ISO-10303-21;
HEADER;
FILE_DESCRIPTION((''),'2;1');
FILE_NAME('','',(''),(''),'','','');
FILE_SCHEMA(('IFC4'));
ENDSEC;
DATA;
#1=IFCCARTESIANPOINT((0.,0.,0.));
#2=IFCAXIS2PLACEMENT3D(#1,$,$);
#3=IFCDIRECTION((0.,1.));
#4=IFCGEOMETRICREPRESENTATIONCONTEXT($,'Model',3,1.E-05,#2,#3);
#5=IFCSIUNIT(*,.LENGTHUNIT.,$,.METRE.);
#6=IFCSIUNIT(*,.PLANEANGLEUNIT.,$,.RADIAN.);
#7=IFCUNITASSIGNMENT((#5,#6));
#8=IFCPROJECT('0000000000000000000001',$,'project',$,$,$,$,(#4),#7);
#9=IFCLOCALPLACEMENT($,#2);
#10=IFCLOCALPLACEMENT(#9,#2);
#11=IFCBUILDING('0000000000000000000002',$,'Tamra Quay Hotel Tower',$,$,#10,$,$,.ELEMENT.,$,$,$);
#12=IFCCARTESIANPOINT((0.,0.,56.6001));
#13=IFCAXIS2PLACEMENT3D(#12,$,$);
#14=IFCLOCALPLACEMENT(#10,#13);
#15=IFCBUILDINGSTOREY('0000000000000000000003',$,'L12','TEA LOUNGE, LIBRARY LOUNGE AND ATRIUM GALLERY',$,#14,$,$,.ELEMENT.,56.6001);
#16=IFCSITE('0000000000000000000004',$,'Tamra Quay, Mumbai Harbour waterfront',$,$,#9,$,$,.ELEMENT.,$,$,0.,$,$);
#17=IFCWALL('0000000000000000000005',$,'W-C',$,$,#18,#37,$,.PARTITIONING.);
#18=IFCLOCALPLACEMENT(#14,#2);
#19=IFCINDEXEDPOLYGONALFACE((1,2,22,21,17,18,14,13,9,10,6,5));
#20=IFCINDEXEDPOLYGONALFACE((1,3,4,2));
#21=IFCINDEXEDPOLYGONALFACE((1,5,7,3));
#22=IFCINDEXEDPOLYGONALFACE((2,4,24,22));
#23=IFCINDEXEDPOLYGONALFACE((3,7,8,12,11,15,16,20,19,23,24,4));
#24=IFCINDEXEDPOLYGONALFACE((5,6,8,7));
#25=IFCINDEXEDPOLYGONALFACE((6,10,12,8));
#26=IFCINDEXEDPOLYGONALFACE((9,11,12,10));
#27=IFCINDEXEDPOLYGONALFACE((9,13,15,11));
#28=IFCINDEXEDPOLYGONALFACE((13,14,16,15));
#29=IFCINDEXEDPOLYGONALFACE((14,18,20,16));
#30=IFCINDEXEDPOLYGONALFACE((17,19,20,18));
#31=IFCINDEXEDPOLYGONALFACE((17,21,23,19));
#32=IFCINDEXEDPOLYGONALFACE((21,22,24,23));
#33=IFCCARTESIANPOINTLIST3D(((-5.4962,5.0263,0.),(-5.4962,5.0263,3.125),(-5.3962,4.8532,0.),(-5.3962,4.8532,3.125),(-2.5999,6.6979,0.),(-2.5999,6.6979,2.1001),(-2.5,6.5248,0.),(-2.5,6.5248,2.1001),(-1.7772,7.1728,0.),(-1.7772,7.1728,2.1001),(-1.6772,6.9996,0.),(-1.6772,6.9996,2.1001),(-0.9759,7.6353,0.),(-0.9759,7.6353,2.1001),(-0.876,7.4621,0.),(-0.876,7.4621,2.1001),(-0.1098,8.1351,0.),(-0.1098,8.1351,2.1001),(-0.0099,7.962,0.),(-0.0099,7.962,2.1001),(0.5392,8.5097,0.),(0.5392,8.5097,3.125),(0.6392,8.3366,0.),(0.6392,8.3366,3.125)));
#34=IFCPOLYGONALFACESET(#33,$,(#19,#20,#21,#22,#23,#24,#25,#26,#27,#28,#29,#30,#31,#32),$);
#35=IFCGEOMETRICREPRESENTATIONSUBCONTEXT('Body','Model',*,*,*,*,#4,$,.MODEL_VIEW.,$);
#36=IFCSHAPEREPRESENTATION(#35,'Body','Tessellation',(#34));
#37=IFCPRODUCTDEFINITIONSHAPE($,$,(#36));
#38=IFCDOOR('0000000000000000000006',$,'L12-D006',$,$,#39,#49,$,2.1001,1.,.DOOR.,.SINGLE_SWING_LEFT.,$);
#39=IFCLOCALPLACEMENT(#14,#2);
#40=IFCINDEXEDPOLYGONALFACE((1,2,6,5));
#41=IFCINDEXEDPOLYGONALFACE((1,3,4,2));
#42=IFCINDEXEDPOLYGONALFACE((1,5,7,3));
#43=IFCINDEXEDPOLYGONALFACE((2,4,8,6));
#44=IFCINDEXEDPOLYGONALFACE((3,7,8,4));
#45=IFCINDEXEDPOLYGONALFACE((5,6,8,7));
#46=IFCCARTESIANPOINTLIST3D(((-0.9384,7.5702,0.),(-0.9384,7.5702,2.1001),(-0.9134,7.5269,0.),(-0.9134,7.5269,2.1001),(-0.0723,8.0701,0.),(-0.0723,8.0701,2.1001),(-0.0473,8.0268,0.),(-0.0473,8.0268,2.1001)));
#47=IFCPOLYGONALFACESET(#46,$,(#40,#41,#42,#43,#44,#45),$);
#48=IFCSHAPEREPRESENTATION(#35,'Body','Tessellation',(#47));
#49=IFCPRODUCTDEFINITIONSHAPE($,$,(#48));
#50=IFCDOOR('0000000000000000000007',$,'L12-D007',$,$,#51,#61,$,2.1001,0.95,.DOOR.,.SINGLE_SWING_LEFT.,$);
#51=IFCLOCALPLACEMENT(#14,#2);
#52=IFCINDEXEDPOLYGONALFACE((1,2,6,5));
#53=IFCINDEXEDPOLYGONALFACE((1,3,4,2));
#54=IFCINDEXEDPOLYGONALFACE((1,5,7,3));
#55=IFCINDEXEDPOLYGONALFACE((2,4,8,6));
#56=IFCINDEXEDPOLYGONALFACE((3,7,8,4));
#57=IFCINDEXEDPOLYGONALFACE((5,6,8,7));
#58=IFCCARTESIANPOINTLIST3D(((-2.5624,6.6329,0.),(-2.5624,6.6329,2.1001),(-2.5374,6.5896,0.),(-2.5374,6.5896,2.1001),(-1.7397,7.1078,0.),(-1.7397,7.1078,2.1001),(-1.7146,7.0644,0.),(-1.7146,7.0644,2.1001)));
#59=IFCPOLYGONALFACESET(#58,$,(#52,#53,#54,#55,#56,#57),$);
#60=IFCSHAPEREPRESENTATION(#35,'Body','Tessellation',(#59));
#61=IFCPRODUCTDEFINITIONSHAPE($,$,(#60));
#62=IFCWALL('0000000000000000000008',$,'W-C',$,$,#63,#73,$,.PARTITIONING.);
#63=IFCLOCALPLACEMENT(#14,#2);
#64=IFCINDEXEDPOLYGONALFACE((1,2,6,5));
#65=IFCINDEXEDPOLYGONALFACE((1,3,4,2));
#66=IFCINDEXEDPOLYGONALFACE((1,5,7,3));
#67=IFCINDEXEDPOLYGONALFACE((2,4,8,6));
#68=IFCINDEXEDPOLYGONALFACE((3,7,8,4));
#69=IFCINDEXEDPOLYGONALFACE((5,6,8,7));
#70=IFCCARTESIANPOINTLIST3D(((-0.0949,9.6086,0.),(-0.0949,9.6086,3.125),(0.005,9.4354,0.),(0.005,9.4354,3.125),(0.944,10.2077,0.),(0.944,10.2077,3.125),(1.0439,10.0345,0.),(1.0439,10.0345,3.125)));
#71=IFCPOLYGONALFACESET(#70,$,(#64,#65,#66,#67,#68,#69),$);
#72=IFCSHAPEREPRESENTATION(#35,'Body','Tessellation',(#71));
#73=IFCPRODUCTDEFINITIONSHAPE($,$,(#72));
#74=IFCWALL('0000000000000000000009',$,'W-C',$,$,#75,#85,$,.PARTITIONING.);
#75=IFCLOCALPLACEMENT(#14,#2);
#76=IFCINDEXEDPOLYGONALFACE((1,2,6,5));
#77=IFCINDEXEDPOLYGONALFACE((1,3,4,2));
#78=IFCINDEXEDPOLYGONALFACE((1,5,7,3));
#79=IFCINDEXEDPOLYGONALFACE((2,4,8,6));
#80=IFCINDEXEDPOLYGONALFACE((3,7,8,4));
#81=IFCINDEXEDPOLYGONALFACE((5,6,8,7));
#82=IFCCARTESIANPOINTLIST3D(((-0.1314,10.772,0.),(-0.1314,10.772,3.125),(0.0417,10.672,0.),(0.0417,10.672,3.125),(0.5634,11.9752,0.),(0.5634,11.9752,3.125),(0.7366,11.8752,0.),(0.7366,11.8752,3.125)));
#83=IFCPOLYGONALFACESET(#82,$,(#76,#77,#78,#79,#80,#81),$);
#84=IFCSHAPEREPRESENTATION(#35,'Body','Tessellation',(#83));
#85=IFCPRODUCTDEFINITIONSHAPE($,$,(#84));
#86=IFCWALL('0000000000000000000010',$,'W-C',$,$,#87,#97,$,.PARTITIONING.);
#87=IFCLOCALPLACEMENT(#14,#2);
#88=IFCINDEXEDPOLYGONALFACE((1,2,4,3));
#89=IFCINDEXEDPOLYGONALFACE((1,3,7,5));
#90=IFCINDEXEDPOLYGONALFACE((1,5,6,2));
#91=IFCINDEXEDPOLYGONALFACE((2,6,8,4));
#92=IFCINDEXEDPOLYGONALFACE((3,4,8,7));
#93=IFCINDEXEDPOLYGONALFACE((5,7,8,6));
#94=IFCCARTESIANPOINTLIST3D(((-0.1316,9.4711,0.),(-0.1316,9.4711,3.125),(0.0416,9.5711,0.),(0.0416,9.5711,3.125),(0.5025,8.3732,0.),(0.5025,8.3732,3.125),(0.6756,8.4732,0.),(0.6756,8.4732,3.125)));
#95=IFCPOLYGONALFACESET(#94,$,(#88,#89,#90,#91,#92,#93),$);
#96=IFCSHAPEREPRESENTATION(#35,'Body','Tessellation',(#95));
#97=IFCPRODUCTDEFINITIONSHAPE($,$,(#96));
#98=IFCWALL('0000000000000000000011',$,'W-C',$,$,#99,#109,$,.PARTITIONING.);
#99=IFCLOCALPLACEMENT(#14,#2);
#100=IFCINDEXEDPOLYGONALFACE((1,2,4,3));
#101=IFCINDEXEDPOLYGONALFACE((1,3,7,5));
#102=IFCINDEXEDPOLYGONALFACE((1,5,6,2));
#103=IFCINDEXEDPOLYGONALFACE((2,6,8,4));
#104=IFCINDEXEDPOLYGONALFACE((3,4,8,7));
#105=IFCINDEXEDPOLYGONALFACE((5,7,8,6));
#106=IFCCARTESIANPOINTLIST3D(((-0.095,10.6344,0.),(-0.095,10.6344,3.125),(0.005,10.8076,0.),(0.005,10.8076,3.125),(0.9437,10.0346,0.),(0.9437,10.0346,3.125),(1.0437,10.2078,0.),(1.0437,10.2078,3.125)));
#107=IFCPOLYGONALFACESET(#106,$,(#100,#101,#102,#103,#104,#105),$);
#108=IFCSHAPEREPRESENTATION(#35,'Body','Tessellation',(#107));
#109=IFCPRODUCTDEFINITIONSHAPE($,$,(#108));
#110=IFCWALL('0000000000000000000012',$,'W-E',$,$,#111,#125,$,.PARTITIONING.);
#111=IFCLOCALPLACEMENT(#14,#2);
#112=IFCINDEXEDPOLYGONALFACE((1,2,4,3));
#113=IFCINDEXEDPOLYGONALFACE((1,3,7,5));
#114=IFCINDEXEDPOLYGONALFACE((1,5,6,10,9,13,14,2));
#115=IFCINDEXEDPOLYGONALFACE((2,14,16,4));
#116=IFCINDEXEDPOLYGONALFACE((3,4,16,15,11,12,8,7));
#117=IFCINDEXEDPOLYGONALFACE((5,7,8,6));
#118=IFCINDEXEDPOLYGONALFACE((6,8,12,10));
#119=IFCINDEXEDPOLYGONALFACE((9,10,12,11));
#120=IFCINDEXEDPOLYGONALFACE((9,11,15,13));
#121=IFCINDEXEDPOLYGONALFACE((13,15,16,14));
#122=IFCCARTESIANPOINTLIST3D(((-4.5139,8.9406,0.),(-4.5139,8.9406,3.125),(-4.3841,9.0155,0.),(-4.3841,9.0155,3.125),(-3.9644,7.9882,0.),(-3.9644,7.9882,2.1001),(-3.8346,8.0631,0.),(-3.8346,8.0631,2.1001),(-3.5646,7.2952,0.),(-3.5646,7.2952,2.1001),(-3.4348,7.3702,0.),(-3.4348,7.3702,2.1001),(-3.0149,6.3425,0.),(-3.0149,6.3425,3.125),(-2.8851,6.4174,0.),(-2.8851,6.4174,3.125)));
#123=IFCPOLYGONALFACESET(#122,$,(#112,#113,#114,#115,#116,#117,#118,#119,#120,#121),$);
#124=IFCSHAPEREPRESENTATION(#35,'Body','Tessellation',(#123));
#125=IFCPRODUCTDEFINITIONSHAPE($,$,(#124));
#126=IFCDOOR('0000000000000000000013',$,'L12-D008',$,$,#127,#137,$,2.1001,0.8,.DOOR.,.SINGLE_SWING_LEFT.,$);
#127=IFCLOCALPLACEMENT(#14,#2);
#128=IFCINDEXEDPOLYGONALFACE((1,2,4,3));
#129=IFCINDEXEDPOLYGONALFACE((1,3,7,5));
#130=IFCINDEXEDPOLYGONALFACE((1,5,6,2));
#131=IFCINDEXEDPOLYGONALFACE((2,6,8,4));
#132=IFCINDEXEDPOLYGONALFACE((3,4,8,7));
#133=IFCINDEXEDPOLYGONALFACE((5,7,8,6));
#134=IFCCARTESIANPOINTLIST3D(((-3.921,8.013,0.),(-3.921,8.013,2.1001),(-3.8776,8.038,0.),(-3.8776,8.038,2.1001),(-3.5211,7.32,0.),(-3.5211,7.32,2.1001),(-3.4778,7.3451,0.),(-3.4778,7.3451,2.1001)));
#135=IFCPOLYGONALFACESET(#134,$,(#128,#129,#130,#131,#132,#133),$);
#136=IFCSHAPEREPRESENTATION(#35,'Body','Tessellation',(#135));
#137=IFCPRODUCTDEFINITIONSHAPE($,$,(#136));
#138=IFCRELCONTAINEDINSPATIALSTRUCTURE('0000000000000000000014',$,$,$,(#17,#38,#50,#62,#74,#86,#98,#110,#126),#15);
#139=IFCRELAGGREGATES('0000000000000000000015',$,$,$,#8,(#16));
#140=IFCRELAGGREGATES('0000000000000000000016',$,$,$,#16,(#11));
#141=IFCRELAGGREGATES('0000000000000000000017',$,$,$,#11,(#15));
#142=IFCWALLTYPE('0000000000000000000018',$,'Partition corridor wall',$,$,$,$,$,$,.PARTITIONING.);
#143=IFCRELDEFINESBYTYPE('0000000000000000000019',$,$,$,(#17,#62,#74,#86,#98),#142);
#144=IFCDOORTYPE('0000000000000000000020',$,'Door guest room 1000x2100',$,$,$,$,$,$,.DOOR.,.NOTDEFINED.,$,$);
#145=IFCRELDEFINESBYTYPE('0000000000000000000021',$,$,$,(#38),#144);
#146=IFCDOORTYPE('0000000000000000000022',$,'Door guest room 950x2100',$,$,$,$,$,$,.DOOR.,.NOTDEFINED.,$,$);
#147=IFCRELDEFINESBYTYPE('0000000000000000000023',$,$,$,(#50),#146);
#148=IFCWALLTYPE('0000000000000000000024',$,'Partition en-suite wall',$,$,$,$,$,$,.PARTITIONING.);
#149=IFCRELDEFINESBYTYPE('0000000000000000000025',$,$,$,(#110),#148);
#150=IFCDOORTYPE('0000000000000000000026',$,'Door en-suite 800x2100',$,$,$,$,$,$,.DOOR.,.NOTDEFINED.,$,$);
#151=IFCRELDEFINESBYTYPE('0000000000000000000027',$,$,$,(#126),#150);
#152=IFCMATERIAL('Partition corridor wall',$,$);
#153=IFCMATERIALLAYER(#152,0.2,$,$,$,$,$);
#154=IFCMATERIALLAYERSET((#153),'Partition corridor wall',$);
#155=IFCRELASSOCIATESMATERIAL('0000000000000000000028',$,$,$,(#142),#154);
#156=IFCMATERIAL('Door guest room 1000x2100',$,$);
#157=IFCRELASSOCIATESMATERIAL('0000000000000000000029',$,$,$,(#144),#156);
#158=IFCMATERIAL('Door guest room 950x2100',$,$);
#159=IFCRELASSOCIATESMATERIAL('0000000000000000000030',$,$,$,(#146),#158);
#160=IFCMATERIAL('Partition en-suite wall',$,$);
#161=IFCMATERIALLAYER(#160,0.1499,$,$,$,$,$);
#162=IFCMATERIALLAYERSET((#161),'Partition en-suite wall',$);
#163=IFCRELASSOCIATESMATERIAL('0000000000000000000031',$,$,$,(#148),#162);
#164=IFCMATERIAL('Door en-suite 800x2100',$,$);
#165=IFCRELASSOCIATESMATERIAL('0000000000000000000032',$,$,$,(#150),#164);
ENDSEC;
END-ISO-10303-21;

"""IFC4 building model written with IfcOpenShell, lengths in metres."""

from ifc_helpers import new_model, si_unit, direction, frame, frame_2d, origin, place, context, subcontext, project, spatial, rectangle, extrude, material, layer, layer_set, type_object, element, fill, save


model = new_model("IFC4")

# Units and contexts
model_context = context("Model", 3, precision=1e-05, world=origin(), true_north=direction((0.0, 1.0)))
body_context = subcontext(model_context, "Body", "Model", "MODEL_VIEW")
ifc_project = project(units=[si_unit("LENGTHUNIT", "METRE"), si_unit("PLANEANGLEUNIT", "RADIAN")], contexts=[model_context])

# Site, building, storey
site_placement = place(None, origin())
site = spatial("IfcSite", under=ifc_project, at=site_placement, Name="Tamra Quay, Mumbai Harbour waterfront", CompositionType="ELEMENT", RefElevation=0.0)
building_placement = place(site_placement, origin())
building = spatial("IfcBuilding", under=site, at=building_placement, Name="Tamra Quay Hotel Tower", CompositionType="ELEMENT")
storey_placement = place(building_placement, frame((0.0, 0.0, 56.6001)))
storey = spatial("IfcBuildingStorey", under=building, at=storey_placement, Name="L12", Description="TEA LOUNGE, LIBRARY LOUNGE AND ATRIUM GALLERY", CompositionType="ELEMENT", Elevation=56.6001)

# Wall, openings, doors
ifc_material_1 = material(Name="Partition corridor wall")
ifc_layer_1 = layer(ifc_material_1, 0.2)
ifc_layer_set_1 = layer_set([ifc_layer_1], Name="Partition corridor wall")
wall_type_1 = type_object("IfcWallType", Name="Partition corridor wall", PredefinedType="PARTITIONING", material=ifc_layer_set_1)
wall_1_placement = place(storey_placement, frame((-5.4463, 4.9397, 0.0), z_axis=(0.0, 0.0, 1.0), x_axis=(0.866096, 0.499877, 0.0)))
wall_1 = element("IfcWall", 1, at=wall_1_placement, inside=storey, type_object=wall_type_1, Name="W-C", PredefinedType="PARTITIONING", context=body_context, shape_type="SweptSolid", body=[
    extrude(rectangle(XDim=6.9685, YDim=0.2, at=frame_2d((3.4844, 0.0))), origin(), (0.0, 0.0, 1.0), 3.125),
])
opening_1_placement = place(wall_1_placement, frame((5.2192, 0.0, 0.0)))
opening_1 = element("IfcOpeningElement", 2, at=opening_1_placement, cuts=wall_1, PredefinedType="OPENING", context=body_context, shape_type="SweptSolid", body=[
    extrude(rectangle(XDim=1.0, YDim=2.1001, at=frame_2d((0.5, 1.05))), frame((0.0, 0.1099, 0.0), z_axis=(0.0, -1.0, 0.0), x_axis=(1.0, 0.0, 0.0)), (0.0, 0.0, 1.0), 0.22),
])
opening_2_placement = place(wall_1_placement, frame((3.344, 0.0, 0.0)))
opening_2 = element("IfcOpeningElement", 3, at=opening_2_placement, cuts=wall_1, PredefinedType="OPENING", context=body_context, shape_type="SweptSolid", body=[
    extrude(rectangle(XDim=0.95, YDim=2.1001, at=frame_2d((0.4751, 1.05))), frame((0.0, 0.1099, 0.0), z_axis=(0.0, -1.0, 0.0), x_axis=(1.0, 0.0, 0.0)), (0.0, 0.0, 1.0), 0.22),
])
ifc_material_2 = material(Name="Door guest room 1000x2100")
door_type_1 = type_object("IfcDoorType", Name="Door guest room 1000x2100", OperationType="NOTDEFINED", PredefinedType="DOOR", material=ifc_material_2)
door_1_placement = place(opening_1_placement, origin())
door_1 = element("IfcDoor", 4, at=door_1_placement, inside=storey, type_object=door_type_1, Name="L12-D006", OperationType="SINGLE_SWING_LEFT", OverallHeight=2.1001, OverallWidth=1.0, PredefinedType="DOOR", context=body_context, shape_type="SweptSolid", body=[
    extrude(rectangle(XDim=1.0, YDim=2.1001, at=frame_2d((0.5, 1.05))), frame((0.0, 0.0249, 0.0), z_axis=(0.0, -1.0, 0.0), x_axis=(1.0, 0.0, 0.0)), (0.0, 0.0, 1.0), 0.05),
])
fill(opening_1, door_1)
ifc_material_3 = material(Name="Door guest room 950x2100")
door_type_2 = type_object("IfcDoorType", Name="Door guest room 950x2100", OperationType="NOTDEFINED", PredefinedType="DOOR", material=ifc_material_3)
door_2_placement = place(opening_2_placement, origin())
door_2 = element("IfcDoor", 5, at=door_2_placement, inside=storey, type_object=door_type_2, Name="L12-D007", OperationType="SINGLE_SWING_LEFT", OverallHeight=2.1001, OverallWidth=0.95, PredefinedType="DOOR", context=body_context, shape_type="SweptSolid", body=[
    extrude(rectangle(XDim=0.95, YDim=2.1001, at=frame_2d((0.4751, 1.05))), frame((0.0, 0.0249, 0.0), z_axis=(0.0, -1.0, 0.0), x_axis=(1.0, 0.0, 0.0)), (0.0, 0.0, 1.0), 0.05),
])
fill(opening_2, door_2)

# Walls
wall_2_placement = place(storey_placement, frame((-0.0449, 9.522, 0.0), z_axis=(0.0, 0.0, 1.0), x_axis=(0.866257, 0.499599, 0.0)))
element("IfcWall", 6, at=wall_2_placement, inside=storey, type_object=wall_type_1, Name="W-C", PredefinedType="PARTITIONING", context=body_context, shape_type="SweptSolid", body=[
    extrude(rectangle(XDim=1.1992, YDim=0.2, at=frame_2d((0.5996, 0.0))), origin(), (0.0, 0.0, 1.0), 3.125),
])
wall_3_placement = place(storey_placement, frame((-0.0449, 10.7219, 0.0), z_axis=(0.0, 0.0, 1.0), x_axis=(0.500108, 0.865963, 0.0)))
element("IfcWall", 7, at=wall_3_placement, inside=storey, type_object=wall_type_1, Name="W-C", PredefinedType="PARTITIONING", context=body_context, shape_type="SweptSolid", body=[
    extrude(rectangle(XDim=1.3894, YDim=0.2, at=frame_2d((0.6948, 0.0))), origin(), (0.0, 0.0, 1.0), 3.125),
])
wall_4_placement = place(storey_placement, frame((-0.0449, 9.521, 0.0), z_axis=(0.0, 0.0, 1.0), x_axis=(0.500095, -0.865971, 0.0)))
element("IfcWall", 8, at=wall_4_placement, inside=storey, type_object=wall_type_1, Name="W-C", PredefinedType="PARTITIONING", context=body_context, shape_type="SweptSolid", body=[
    extrude(rectangle(XDim=1.2678, YDim=0.2, at=frame_2d((0.6338, 0.0))), origin(), (0.0, 0.0, 1.0), 3.125),
])
wall_5_placement = place(storey_placement, frame((-0.0449, 10.7209, 0.0), z_axis=(0.0, 0.0, 1.0), x_axis=(0.865992, -0.500057, 0.0)))
element("IfcWall", 9, at=wall_5_placement, inside=storey, type_object=wall_type_1, Name="W-C", PredefinedType="PARTITIONING", context=body_context, shape_type="SweptSolid", body=[
    extrude(rectangle(XDim=1.1995, YDim=0.2, at=frame_2d((0.5996, 0.0))), origin(), (0.0, 0.0, 1.0), 3.125),
])

# Wall, opening, door
ifc_material_4 = material(Name="Partition en-suite wall")
ifc_layer_2 = layer(ifc_material_4, 0.1499)
ifc_layer_set_2 = layer_set([ifc_layer_2], Name="Partition en-suite wall")
wall_type_2 = type_object("IfcWallType", Name="Partition en-suite wall", PredefinedType="PARTITIONING", material=ifc_layer_set_2)
wall_6_placement = place(storey_placement, frame((-4.449, 8.978, 0.0), z_axis=(0.0, 0.0, 1.0), x_axis=(0.499746, -0.866172, 0.0)))
wall_6 = element("IfcWall", 10, at=wall_6_placement, inside=storey, type_object=wall_type_2, Name="W-E", PredefinedType="PARTITIONING", context=body_context, shape_type="SweptSolid", body=[
    extrude(rectangle(XDim=2.9995, YDim=0.1499, at=frame_2d((1.4998, 0.0))), origin(), (0.0, 0.0, 1.0), 3.125),
])
opening_3_placement = place(wall_6_placement, frame((1.0996, 0.0, 0.0)))
opening_3 = element("IfcOpeningElement", 11, at=opening_3_placement, cuts=wall_6, PredefinedType="OPENING", context=body_context, shape_type="SweptSolid", body=[
    extrude(rectangle(XDim=0.8, YDim=2.1001, at=frame_2d((0.3999, 1.05))), frame((0.0, 0.085, 0.0), z_axis=(0.0, -1.0, 0.0), x_axis=(1.0, 0.0, 0.0)), (0.0, 0.0, 1.0), 0.1699),
])
ifc_material_5 = material(Name="Door en-suite 800x2100")
door_type_3 = type_object("IfcDoorType", Name="Door en-suite 800x2100", OperationType="NOTDEFINED", PredefinedType="DOOR", material=ifc_material_5)
door_3_placement = place(opening_3_placement, frame((0.8, 0.0, 0.0), z_axis=(0.0, 0.0, 1.0), x_axis=(-1.0, 0.0, 0.0)))
door_3 = element("IfcDoor", 12, at=door_3_placement, inside=storey, type_object=door_type_3, Name="L12-D008", OperationType="SINGLE_SWING_LEFT", OverallHeight=2.1001, OverallWidth=0.8, PredefinedType="DOOR", context=body_context, shape_type="SweptSolid", body=[
    extrude(rectangle(XDim=0.8, YDim=2.1001, at=frame_2d((0.3999, 1.05))), frame((0.0, 0.0249, 0.0), z_axis=(0.0, -1.0, 0.0), x_axis=(1.0, 0.0, 0.0)), (0.0, 0.0, 1.0), 0.05),
])
fill(opening_3, door_3)

save(model, "model.ifc")
